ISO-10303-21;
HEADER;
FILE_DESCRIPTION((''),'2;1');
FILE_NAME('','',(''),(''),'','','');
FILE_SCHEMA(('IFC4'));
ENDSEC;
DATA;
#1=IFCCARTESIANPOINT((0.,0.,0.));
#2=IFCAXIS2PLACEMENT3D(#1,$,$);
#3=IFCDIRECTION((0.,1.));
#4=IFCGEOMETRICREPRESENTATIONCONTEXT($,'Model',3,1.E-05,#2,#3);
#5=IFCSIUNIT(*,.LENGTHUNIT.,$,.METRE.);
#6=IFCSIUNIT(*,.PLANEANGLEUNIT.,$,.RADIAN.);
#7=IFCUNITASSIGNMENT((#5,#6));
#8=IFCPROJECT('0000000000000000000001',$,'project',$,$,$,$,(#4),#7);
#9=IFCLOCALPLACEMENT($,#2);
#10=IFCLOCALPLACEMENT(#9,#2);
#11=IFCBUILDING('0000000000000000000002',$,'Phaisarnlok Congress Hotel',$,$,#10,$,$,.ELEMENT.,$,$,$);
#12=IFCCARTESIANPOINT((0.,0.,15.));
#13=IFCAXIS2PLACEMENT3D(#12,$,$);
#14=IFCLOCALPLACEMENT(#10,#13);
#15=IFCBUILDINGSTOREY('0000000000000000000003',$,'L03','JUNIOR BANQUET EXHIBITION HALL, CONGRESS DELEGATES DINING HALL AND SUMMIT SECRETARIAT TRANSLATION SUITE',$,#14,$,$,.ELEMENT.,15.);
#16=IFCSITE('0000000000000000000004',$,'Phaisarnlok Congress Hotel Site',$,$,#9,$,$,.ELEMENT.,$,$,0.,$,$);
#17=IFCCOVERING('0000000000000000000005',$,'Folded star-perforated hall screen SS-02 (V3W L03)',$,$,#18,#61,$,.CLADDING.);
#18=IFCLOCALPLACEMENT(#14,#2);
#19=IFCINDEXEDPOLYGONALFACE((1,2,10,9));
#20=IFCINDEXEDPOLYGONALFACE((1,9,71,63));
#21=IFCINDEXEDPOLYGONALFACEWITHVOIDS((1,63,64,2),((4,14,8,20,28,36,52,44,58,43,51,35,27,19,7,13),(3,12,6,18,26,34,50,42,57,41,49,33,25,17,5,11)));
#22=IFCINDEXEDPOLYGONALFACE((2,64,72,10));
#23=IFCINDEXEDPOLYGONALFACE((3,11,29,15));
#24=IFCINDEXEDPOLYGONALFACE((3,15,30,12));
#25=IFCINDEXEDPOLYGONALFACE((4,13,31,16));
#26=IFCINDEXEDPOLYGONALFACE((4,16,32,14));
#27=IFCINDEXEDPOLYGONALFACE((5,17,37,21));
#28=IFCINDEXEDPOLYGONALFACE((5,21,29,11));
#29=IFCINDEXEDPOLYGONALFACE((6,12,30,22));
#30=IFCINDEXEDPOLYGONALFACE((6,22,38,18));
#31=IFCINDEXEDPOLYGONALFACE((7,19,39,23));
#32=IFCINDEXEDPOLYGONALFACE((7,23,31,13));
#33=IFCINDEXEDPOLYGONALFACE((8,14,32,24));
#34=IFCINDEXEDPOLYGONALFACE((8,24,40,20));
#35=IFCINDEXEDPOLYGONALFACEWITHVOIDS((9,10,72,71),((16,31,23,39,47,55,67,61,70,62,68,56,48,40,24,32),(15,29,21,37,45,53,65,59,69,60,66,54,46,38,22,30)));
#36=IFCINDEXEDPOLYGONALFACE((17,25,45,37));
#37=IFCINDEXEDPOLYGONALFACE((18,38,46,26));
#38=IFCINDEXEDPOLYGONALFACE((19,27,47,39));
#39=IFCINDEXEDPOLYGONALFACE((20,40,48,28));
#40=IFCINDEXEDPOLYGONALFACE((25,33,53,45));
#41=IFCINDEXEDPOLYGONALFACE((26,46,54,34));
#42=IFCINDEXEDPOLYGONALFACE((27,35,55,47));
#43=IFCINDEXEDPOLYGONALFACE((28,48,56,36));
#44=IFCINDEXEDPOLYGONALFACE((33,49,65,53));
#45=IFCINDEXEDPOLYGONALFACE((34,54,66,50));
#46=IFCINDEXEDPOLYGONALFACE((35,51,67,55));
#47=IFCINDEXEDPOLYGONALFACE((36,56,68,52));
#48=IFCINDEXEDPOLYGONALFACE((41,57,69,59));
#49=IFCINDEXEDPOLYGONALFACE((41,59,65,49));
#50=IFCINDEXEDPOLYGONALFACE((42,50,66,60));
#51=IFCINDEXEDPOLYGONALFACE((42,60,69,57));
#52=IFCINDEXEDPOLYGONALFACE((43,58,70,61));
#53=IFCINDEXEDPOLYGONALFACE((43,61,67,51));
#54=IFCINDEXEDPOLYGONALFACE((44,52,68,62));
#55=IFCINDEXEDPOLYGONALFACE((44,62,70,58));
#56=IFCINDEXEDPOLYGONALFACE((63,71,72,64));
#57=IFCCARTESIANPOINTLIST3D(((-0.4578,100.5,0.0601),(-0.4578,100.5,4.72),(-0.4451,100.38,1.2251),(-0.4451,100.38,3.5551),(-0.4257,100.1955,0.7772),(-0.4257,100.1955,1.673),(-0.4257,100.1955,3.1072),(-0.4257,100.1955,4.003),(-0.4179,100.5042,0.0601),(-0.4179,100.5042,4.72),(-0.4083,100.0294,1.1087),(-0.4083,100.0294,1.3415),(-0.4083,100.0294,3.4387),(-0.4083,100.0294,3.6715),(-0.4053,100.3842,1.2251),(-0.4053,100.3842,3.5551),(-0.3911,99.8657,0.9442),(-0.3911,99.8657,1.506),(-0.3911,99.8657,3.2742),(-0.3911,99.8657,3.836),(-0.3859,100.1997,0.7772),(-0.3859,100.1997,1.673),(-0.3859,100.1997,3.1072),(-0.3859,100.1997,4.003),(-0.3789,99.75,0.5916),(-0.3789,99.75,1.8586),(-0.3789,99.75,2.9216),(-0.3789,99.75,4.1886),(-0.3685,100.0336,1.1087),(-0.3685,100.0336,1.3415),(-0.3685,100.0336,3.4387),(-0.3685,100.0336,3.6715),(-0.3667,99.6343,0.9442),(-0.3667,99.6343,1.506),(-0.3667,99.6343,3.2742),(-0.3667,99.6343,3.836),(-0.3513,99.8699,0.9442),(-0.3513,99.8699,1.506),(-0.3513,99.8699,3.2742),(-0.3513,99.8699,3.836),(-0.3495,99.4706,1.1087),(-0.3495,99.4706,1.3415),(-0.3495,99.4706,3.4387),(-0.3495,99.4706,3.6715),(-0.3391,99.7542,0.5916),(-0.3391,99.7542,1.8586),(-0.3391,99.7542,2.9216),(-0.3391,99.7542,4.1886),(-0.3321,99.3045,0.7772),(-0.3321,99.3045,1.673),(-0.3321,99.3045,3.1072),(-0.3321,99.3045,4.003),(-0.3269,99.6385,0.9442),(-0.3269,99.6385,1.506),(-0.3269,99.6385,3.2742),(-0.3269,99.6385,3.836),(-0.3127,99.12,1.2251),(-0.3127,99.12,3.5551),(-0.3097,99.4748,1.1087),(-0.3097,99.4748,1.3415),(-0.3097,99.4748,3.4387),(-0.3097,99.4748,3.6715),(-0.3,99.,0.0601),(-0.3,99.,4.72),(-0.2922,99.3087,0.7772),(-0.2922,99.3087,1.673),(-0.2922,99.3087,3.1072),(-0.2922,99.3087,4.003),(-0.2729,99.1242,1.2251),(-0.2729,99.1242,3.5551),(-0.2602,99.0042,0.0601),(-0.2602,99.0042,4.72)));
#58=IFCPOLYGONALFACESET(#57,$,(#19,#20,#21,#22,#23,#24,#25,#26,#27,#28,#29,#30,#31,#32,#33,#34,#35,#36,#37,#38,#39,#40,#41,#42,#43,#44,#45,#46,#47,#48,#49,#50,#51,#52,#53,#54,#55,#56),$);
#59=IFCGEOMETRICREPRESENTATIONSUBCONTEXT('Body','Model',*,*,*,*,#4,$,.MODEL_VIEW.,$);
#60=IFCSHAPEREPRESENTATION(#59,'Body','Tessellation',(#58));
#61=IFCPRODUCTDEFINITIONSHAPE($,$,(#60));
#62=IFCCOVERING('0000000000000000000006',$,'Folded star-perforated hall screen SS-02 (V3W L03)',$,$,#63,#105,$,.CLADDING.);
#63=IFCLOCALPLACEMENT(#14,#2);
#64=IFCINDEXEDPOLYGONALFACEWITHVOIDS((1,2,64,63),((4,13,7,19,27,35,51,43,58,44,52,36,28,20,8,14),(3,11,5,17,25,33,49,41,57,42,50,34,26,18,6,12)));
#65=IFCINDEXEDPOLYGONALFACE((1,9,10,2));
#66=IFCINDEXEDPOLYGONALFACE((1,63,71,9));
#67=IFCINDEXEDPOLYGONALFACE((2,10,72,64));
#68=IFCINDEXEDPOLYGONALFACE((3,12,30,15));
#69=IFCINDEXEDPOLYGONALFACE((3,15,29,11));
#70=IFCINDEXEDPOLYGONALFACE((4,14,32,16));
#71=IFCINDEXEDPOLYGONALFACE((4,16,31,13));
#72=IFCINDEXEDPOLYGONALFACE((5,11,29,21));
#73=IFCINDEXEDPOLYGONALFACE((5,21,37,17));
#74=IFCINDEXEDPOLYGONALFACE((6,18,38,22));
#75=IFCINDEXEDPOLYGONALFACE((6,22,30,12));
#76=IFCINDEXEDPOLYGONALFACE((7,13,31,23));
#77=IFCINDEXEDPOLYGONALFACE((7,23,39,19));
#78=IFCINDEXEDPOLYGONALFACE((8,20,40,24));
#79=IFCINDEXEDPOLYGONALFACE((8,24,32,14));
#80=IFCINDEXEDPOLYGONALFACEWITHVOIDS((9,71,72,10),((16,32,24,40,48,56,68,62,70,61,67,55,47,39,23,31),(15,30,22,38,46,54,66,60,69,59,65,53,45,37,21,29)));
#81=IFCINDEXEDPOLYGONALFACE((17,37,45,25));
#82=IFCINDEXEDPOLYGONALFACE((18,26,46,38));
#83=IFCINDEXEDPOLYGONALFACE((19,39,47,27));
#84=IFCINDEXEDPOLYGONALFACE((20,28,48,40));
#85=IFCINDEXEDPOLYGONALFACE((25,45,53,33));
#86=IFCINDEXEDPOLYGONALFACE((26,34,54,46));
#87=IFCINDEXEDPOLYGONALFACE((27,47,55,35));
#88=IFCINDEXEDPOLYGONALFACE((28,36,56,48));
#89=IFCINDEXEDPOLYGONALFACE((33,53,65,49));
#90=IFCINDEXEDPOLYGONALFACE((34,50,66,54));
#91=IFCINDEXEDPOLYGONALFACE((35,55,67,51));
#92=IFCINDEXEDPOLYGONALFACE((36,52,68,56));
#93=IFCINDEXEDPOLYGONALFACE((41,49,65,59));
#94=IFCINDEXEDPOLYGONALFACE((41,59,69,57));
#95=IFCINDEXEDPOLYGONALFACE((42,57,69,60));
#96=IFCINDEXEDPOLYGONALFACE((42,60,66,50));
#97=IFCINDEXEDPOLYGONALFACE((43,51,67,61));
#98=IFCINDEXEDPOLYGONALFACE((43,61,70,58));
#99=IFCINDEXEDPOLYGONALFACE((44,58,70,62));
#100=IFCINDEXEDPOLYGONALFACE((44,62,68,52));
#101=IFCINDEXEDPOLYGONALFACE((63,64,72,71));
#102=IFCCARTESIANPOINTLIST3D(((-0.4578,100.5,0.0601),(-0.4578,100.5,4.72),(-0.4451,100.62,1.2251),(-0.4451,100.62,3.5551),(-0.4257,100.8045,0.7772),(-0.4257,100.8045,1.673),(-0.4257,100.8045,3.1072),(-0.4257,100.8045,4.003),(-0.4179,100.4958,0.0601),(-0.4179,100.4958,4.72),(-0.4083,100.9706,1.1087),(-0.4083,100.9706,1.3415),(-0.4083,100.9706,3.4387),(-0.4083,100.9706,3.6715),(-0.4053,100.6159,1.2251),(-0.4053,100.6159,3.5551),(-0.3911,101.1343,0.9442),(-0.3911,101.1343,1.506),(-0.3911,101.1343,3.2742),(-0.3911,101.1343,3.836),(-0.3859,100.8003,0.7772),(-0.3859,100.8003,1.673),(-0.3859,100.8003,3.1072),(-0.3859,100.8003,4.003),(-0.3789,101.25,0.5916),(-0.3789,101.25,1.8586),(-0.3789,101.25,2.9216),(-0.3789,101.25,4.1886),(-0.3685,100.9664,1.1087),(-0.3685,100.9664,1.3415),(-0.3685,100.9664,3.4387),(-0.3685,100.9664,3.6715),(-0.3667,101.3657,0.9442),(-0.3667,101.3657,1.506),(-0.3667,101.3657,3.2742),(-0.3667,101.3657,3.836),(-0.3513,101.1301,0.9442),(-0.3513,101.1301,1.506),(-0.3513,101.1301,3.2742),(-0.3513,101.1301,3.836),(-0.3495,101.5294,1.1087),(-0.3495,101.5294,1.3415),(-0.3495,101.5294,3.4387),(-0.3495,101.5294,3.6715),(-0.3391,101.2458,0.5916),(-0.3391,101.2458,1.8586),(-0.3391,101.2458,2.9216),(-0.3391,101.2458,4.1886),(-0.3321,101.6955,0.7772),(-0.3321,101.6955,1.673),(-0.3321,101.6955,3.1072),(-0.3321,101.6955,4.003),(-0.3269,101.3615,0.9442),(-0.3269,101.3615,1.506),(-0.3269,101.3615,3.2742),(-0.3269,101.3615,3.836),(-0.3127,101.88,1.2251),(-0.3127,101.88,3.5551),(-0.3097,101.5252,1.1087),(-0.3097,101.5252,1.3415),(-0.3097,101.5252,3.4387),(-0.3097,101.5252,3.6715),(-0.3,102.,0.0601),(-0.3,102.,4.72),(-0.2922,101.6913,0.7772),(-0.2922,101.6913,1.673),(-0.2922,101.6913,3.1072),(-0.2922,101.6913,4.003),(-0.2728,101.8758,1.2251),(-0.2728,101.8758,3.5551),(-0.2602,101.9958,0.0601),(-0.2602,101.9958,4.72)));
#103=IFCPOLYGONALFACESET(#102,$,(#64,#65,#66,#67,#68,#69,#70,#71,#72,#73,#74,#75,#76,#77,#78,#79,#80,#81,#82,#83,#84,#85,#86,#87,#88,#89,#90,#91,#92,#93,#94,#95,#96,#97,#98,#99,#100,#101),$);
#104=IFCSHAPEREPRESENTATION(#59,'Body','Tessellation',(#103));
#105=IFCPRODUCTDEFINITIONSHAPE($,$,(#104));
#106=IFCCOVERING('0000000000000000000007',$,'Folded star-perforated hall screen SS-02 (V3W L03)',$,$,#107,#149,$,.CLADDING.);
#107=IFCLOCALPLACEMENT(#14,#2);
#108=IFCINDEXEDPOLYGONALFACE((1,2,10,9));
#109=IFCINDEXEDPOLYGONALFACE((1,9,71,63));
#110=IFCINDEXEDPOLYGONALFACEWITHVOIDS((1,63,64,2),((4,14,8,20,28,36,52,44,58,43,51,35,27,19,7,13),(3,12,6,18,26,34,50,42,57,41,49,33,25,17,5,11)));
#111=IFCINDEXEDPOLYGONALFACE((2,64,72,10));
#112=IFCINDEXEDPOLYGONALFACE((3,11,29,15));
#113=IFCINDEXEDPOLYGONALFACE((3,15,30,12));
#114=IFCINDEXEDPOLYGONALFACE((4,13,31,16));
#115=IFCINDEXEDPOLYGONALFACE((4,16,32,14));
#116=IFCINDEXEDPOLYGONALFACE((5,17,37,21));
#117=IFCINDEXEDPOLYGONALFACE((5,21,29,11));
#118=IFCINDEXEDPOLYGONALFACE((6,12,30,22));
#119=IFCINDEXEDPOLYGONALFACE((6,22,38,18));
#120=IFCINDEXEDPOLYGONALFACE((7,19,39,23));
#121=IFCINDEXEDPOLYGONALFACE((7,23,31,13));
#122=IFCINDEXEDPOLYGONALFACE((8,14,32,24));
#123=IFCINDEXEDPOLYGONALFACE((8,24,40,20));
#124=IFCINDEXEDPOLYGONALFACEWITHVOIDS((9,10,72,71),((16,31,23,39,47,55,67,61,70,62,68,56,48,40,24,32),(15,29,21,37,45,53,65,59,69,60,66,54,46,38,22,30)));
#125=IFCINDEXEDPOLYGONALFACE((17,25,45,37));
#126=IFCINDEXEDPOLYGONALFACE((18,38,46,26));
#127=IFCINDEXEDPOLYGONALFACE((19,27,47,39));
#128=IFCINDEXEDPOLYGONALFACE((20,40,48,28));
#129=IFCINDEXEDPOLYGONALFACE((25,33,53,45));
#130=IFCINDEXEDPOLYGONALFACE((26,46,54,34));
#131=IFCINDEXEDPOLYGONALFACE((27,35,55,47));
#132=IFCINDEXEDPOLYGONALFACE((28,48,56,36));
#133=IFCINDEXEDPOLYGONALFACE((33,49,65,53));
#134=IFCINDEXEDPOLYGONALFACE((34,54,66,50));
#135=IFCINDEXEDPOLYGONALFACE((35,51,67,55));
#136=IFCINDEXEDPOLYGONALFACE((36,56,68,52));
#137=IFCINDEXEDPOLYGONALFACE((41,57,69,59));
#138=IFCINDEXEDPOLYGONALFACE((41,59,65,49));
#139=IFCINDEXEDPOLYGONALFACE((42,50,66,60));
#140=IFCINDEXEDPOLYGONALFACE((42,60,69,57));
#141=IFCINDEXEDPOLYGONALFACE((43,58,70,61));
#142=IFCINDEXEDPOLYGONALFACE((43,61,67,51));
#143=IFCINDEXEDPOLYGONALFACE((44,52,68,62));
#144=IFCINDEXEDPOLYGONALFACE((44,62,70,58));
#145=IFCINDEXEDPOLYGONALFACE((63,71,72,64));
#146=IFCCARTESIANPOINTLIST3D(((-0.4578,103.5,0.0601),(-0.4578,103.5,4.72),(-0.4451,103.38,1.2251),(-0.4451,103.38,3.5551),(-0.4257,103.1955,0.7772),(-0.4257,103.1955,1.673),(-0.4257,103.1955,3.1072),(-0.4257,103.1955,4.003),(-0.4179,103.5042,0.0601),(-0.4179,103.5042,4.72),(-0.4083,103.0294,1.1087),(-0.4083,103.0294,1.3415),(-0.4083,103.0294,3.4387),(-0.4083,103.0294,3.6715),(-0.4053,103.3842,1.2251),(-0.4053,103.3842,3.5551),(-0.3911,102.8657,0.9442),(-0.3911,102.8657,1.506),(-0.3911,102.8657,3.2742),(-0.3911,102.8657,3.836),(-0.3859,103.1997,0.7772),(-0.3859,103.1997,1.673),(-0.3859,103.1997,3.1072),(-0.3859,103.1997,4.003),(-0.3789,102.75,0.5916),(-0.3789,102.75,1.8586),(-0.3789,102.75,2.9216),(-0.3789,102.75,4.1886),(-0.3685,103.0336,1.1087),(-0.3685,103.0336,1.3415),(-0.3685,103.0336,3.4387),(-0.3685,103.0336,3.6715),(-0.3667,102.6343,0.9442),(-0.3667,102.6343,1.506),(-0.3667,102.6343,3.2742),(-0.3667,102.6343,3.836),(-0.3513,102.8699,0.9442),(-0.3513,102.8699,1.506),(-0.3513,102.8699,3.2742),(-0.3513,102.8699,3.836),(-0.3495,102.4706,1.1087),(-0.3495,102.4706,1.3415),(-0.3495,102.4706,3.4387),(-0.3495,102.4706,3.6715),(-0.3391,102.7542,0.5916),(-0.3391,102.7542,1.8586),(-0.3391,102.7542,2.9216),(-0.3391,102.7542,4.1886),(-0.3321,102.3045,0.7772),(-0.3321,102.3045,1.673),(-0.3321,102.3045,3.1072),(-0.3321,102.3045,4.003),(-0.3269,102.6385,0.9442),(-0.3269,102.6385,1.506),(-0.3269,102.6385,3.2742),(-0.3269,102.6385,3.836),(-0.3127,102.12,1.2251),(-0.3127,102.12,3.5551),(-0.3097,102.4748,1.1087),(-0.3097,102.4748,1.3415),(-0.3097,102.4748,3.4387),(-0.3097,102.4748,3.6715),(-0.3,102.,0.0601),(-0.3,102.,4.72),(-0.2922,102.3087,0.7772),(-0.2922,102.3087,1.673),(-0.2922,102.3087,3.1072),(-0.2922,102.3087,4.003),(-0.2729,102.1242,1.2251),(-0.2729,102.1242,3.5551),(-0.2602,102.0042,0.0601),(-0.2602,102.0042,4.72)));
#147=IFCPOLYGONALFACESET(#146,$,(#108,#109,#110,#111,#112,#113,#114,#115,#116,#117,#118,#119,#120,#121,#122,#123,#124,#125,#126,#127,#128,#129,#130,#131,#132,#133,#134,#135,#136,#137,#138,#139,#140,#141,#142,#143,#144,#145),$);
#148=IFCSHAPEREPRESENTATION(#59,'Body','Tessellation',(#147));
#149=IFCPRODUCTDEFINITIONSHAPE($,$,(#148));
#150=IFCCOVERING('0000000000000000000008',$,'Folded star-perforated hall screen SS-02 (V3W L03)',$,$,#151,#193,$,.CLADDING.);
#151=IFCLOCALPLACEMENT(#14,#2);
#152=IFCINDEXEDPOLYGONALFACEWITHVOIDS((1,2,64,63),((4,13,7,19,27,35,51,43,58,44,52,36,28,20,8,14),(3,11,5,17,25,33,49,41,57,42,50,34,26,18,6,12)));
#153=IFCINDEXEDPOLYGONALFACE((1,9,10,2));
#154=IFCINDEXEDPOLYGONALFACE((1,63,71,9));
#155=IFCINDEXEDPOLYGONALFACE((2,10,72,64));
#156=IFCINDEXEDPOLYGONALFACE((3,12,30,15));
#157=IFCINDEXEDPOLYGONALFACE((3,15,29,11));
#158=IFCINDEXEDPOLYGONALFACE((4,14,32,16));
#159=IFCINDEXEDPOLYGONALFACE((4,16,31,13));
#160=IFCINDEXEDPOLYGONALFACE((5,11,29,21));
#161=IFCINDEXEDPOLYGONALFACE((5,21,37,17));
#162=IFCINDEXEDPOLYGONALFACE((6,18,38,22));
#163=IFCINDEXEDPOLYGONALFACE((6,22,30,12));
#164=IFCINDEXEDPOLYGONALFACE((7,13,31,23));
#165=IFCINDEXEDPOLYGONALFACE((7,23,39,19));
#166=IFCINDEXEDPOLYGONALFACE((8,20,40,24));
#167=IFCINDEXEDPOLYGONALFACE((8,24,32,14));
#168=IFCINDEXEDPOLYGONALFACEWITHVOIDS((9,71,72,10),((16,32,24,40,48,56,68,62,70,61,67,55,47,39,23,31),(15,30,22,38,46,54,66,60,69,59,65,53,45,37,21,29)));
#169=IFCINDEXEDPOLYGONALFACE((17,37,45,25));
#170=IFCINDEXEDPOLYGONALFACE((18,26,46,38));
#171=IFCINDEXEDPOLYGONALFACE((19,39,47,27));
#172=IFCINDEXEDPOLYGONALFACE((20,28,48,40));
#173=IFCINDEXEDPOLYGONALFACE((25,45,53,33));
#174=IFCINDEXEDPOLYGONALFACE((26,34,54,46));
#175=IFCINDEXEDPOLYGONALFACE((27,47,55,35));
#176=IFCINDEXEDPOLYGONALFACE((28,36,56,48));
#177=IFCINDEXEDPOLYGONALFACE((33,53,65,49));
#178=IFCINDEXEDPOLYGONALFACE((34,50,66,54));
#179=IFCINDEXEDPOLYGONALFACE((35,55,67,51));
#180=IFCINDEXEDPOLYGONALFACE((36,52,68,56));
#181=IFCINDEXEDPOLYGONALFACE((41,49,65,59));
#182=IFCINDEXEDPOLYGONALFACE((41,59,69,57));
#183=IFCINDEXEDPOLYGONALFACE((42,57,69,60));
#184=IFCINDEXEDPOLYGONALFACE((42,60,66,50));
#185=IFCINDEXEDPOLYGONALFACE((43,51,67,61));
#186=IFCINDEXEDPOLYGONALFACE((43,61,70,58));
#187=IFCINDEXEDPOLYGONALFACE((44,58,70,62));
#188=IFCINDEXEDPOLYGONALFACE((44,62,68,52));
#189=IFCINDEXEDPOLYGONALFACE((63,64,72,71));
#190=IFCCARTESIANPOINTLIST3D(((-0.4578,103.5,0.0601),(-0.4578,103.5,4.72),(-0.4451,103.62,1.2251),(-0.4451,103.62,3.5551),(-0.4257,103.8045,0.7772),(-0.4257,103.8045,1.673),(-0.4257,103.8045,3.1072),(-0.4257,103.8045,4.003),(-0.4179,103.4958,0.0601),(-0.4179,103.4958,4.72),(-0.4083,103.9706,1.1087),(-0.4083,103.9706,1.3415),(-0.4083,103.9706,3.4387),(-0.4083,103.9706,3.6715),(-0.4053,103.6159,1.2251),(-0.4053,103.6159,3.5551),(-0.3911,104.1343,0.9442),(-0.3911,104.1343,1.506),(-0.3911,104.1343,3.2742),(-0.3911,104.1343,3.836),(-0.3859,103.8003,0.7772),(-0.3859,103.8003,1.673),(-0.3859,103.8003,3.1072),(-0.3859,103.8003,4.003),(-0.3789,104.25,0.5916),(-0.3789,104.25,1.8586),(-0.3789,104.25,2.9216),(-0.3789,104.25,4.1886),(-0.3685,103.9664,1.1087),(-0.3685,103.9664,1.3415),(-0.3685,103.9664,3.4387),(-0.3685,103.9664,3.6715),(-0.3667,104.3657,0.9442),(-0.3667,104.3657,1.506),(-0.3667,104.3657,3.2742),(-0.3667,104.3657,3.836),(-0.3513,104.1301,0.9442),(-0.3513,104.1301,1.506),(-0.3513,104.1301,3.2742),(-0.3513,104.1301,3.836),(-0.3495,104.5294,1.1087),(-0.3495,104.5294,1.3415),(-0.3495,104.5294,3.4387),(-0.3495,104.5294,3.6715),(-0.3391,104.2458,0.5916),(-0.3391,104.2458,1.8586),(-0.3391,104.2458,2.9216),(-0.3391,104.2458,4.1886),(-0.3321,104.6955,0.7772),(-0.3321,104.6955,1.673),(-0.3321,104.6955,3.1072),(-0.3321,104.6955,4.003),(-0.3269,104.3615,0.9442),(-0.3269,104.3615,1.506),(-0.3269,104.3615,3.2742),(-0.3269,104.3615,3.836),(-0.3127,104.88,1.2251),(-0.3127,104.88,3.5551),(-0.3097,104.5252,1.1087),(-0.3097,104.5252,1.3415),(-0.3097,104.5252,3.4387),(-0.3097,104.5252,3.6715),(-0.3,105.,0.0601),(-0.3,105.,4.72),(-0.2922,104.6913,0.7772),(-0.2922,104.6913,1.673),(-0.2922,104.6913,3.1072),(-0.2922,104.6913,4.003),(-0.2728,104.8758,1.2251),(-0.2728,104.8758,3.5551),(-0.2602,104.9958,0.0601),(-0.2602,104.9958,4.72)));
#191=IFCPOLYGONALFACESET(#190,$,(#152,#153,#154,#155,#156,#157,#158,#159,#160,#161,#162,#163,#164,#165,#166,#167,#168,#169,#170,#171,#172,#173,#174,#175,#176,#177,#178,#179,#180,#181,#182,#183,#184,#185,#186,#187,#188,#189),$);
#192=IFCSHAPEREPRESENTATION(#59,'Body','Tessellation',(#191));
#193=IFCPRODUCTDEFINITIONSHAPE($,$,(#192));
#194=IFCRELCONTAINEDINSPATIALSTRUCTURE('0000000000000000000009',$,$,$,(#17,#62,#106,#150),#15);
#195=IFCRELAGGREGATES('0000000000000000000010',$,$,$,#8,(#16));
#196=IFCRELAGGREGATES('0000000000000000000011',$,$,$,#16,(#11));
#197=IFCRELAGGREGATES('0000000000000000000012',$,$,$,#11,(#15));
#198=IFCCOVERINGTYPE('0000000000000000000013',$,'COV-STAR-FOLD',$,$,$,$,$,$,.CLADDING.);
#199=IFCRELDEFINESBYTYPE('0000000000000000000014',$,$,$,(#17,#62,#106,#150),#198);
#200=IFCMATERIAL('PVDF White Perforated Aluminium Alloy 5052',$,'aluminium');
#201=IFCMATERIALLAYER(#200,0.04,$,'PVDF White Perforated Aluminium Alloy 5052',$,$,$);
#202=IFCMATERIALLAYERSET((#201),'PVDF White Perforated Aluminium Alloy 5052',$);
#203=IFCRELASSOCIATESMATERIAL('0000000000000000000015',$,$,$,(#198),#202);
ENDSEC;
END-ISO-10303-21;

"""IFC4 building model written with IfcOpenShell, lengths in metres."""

from ifc_helpers import new_model, si_unit, direction, frame, origin, place, context, subcontext, project, spatial, polyline, outline, extrude, material, layer, layer_set, type_object, element, save


model = new_model("IFC4")

# Units and contexts
model_context = context("Model", 3, precision=1e-05, world=origin(), true_north=direction((0.0, 1.0)))
body_context = subcontext(model_context, "Body", "Model", "MODEL_VIEW")
ifc_project = project(units=[si_unit("LENGTHUNIT", "METRE"), si_unit("PLANEANGLEUNIT", "RADIAN")], contexts=[model_context])

# Site, building, storey
site_placement = place(None, origin())
site = spatial("IfcSite", under=ifc_project, at=site_placement, Name="Phaisarnlok Congress Hotel Site", CompositionType="ELEMENT", RefElevation=0.0)
building_placement = place(site_placement, origin())
building = spatial("IfcBuilding", under=site, at=building_placement, Name="Phaisarnlok Congress Hotel", CompositionType="ELEMENT")
storey_placement = place(building_placement, frame((0.0, 0.0, 15.0)))
storey = spatial("IfcBuildingStorey", under=building, at=storey_placement, Name="L03", Description="JUNIOR BANQUET EXHIBITION HALL, CONGRESS DELEGATES DINING HALL AND SUMMIT SECRETARIAT TRANSLATION SUITE", CompositionType="ELEMENT", Elevation=15.0)

# Coverings
ifc_material_1 = material(Name="PVDF White Perforated Aluminium Alloy 5052", Category="aluminium")
ifc_layer_1 = layer(ifc_material_1, 0.04, Name="PVDF White Perforated Aluminium Alloy 5052")
ifc_layer_set_1 = layer_set([ifc_layer_1], Name="PVDF White Perforated Aluminium Alloy 5052")
covering_type = type_object("IfcCoveringType", Name="COV-STAR-FOLD", PredefinedType="CLADDING", material=ifc_layer_set_1)
for number, where, z_axis, x_axis, name in (
    (1, (-0.3, 99.0, 0.0601), (0.994518, 0.104567, 0.0), (-0.104567, 0.994518, 0.0), "Folded star-perforated hall screen SS-02 (V3W L03)"),
    (2, (-0.4578, 100.5, 0.0601), (0.994518, -0.104567, 0.0), (0.104567, 0.994518, 0.0), "Folded star-perforated hall screen SS-02 (V3W L03)"),
    (3, (-0.3, 102.0, 0.0601), (0.994518, 0.104567, 0.0), (-0.104567, 0.994518, 0.0), "Folded star-perforated hall screen SS-02 (V3W L03)"),
    (4, (-0.4578, 103.5, 0.0601), (0.994518, -0.104567, 0.0), (0.104567, 0.994518, 0.0), "Folded star-perforated hall screen SS-02 (V3W L03)"),
):
    element("IfcCovering", number, at=place(storey_placement, frame(where, z_axis=z_axis, x_axis=x_axis)), inside=storey, type_object=covering_type, Name=name, PredefinedType="CLADDING", context=body_context, shape_type="SweptSolid", body=[
        extrude(outline(polyline([(0.0, 0.0), (1.5083, 0.0), (1.5083, 4.6599), (0.0, 4.6599), (0.0, 0.0)]), holes=[polyline([(1.0351, 1.0486), (1.2021, 0.7171), (0.8705, 0.8841), (0.7541, 0.5315), (0.6378, 0.8841), (0.3062, 0.7171), (0.4732, 1.0486), (0.1207, 1.165), (0.4732, 1.2814), (0.3062, 1.6129), (0.6378, 1.4459), (0.7541, 1.7985), (0.8705, 1.4459), (1.2021, 1.6129), (1.0351, 1.2814), (1.3876, 1.165), (1.0351, 1.0486)]), polyline([(1.0351, 3.3786), (1.2021, 3.0471), (0.8705, 3.2141), (0.7541, 2.8615), (0.6378, 3.2141), (0.3062, 3.0471), (0.4732, 3.3786), (0.1207, 3.495), (0.4732, 3.6114), (0.3062, 3.9429), (0.6378, 3.7759), (0.7541, 4.1285), (0.8705, 3.7759), (1.2021, 3.9429), (1.0351, 3.6114), (1.3876, 3.495), (1.0351, 3.3786)])]), origin(), (0.0, 0.0, 1.0), 0.04),
    ])

save(model, "model.ifc")
